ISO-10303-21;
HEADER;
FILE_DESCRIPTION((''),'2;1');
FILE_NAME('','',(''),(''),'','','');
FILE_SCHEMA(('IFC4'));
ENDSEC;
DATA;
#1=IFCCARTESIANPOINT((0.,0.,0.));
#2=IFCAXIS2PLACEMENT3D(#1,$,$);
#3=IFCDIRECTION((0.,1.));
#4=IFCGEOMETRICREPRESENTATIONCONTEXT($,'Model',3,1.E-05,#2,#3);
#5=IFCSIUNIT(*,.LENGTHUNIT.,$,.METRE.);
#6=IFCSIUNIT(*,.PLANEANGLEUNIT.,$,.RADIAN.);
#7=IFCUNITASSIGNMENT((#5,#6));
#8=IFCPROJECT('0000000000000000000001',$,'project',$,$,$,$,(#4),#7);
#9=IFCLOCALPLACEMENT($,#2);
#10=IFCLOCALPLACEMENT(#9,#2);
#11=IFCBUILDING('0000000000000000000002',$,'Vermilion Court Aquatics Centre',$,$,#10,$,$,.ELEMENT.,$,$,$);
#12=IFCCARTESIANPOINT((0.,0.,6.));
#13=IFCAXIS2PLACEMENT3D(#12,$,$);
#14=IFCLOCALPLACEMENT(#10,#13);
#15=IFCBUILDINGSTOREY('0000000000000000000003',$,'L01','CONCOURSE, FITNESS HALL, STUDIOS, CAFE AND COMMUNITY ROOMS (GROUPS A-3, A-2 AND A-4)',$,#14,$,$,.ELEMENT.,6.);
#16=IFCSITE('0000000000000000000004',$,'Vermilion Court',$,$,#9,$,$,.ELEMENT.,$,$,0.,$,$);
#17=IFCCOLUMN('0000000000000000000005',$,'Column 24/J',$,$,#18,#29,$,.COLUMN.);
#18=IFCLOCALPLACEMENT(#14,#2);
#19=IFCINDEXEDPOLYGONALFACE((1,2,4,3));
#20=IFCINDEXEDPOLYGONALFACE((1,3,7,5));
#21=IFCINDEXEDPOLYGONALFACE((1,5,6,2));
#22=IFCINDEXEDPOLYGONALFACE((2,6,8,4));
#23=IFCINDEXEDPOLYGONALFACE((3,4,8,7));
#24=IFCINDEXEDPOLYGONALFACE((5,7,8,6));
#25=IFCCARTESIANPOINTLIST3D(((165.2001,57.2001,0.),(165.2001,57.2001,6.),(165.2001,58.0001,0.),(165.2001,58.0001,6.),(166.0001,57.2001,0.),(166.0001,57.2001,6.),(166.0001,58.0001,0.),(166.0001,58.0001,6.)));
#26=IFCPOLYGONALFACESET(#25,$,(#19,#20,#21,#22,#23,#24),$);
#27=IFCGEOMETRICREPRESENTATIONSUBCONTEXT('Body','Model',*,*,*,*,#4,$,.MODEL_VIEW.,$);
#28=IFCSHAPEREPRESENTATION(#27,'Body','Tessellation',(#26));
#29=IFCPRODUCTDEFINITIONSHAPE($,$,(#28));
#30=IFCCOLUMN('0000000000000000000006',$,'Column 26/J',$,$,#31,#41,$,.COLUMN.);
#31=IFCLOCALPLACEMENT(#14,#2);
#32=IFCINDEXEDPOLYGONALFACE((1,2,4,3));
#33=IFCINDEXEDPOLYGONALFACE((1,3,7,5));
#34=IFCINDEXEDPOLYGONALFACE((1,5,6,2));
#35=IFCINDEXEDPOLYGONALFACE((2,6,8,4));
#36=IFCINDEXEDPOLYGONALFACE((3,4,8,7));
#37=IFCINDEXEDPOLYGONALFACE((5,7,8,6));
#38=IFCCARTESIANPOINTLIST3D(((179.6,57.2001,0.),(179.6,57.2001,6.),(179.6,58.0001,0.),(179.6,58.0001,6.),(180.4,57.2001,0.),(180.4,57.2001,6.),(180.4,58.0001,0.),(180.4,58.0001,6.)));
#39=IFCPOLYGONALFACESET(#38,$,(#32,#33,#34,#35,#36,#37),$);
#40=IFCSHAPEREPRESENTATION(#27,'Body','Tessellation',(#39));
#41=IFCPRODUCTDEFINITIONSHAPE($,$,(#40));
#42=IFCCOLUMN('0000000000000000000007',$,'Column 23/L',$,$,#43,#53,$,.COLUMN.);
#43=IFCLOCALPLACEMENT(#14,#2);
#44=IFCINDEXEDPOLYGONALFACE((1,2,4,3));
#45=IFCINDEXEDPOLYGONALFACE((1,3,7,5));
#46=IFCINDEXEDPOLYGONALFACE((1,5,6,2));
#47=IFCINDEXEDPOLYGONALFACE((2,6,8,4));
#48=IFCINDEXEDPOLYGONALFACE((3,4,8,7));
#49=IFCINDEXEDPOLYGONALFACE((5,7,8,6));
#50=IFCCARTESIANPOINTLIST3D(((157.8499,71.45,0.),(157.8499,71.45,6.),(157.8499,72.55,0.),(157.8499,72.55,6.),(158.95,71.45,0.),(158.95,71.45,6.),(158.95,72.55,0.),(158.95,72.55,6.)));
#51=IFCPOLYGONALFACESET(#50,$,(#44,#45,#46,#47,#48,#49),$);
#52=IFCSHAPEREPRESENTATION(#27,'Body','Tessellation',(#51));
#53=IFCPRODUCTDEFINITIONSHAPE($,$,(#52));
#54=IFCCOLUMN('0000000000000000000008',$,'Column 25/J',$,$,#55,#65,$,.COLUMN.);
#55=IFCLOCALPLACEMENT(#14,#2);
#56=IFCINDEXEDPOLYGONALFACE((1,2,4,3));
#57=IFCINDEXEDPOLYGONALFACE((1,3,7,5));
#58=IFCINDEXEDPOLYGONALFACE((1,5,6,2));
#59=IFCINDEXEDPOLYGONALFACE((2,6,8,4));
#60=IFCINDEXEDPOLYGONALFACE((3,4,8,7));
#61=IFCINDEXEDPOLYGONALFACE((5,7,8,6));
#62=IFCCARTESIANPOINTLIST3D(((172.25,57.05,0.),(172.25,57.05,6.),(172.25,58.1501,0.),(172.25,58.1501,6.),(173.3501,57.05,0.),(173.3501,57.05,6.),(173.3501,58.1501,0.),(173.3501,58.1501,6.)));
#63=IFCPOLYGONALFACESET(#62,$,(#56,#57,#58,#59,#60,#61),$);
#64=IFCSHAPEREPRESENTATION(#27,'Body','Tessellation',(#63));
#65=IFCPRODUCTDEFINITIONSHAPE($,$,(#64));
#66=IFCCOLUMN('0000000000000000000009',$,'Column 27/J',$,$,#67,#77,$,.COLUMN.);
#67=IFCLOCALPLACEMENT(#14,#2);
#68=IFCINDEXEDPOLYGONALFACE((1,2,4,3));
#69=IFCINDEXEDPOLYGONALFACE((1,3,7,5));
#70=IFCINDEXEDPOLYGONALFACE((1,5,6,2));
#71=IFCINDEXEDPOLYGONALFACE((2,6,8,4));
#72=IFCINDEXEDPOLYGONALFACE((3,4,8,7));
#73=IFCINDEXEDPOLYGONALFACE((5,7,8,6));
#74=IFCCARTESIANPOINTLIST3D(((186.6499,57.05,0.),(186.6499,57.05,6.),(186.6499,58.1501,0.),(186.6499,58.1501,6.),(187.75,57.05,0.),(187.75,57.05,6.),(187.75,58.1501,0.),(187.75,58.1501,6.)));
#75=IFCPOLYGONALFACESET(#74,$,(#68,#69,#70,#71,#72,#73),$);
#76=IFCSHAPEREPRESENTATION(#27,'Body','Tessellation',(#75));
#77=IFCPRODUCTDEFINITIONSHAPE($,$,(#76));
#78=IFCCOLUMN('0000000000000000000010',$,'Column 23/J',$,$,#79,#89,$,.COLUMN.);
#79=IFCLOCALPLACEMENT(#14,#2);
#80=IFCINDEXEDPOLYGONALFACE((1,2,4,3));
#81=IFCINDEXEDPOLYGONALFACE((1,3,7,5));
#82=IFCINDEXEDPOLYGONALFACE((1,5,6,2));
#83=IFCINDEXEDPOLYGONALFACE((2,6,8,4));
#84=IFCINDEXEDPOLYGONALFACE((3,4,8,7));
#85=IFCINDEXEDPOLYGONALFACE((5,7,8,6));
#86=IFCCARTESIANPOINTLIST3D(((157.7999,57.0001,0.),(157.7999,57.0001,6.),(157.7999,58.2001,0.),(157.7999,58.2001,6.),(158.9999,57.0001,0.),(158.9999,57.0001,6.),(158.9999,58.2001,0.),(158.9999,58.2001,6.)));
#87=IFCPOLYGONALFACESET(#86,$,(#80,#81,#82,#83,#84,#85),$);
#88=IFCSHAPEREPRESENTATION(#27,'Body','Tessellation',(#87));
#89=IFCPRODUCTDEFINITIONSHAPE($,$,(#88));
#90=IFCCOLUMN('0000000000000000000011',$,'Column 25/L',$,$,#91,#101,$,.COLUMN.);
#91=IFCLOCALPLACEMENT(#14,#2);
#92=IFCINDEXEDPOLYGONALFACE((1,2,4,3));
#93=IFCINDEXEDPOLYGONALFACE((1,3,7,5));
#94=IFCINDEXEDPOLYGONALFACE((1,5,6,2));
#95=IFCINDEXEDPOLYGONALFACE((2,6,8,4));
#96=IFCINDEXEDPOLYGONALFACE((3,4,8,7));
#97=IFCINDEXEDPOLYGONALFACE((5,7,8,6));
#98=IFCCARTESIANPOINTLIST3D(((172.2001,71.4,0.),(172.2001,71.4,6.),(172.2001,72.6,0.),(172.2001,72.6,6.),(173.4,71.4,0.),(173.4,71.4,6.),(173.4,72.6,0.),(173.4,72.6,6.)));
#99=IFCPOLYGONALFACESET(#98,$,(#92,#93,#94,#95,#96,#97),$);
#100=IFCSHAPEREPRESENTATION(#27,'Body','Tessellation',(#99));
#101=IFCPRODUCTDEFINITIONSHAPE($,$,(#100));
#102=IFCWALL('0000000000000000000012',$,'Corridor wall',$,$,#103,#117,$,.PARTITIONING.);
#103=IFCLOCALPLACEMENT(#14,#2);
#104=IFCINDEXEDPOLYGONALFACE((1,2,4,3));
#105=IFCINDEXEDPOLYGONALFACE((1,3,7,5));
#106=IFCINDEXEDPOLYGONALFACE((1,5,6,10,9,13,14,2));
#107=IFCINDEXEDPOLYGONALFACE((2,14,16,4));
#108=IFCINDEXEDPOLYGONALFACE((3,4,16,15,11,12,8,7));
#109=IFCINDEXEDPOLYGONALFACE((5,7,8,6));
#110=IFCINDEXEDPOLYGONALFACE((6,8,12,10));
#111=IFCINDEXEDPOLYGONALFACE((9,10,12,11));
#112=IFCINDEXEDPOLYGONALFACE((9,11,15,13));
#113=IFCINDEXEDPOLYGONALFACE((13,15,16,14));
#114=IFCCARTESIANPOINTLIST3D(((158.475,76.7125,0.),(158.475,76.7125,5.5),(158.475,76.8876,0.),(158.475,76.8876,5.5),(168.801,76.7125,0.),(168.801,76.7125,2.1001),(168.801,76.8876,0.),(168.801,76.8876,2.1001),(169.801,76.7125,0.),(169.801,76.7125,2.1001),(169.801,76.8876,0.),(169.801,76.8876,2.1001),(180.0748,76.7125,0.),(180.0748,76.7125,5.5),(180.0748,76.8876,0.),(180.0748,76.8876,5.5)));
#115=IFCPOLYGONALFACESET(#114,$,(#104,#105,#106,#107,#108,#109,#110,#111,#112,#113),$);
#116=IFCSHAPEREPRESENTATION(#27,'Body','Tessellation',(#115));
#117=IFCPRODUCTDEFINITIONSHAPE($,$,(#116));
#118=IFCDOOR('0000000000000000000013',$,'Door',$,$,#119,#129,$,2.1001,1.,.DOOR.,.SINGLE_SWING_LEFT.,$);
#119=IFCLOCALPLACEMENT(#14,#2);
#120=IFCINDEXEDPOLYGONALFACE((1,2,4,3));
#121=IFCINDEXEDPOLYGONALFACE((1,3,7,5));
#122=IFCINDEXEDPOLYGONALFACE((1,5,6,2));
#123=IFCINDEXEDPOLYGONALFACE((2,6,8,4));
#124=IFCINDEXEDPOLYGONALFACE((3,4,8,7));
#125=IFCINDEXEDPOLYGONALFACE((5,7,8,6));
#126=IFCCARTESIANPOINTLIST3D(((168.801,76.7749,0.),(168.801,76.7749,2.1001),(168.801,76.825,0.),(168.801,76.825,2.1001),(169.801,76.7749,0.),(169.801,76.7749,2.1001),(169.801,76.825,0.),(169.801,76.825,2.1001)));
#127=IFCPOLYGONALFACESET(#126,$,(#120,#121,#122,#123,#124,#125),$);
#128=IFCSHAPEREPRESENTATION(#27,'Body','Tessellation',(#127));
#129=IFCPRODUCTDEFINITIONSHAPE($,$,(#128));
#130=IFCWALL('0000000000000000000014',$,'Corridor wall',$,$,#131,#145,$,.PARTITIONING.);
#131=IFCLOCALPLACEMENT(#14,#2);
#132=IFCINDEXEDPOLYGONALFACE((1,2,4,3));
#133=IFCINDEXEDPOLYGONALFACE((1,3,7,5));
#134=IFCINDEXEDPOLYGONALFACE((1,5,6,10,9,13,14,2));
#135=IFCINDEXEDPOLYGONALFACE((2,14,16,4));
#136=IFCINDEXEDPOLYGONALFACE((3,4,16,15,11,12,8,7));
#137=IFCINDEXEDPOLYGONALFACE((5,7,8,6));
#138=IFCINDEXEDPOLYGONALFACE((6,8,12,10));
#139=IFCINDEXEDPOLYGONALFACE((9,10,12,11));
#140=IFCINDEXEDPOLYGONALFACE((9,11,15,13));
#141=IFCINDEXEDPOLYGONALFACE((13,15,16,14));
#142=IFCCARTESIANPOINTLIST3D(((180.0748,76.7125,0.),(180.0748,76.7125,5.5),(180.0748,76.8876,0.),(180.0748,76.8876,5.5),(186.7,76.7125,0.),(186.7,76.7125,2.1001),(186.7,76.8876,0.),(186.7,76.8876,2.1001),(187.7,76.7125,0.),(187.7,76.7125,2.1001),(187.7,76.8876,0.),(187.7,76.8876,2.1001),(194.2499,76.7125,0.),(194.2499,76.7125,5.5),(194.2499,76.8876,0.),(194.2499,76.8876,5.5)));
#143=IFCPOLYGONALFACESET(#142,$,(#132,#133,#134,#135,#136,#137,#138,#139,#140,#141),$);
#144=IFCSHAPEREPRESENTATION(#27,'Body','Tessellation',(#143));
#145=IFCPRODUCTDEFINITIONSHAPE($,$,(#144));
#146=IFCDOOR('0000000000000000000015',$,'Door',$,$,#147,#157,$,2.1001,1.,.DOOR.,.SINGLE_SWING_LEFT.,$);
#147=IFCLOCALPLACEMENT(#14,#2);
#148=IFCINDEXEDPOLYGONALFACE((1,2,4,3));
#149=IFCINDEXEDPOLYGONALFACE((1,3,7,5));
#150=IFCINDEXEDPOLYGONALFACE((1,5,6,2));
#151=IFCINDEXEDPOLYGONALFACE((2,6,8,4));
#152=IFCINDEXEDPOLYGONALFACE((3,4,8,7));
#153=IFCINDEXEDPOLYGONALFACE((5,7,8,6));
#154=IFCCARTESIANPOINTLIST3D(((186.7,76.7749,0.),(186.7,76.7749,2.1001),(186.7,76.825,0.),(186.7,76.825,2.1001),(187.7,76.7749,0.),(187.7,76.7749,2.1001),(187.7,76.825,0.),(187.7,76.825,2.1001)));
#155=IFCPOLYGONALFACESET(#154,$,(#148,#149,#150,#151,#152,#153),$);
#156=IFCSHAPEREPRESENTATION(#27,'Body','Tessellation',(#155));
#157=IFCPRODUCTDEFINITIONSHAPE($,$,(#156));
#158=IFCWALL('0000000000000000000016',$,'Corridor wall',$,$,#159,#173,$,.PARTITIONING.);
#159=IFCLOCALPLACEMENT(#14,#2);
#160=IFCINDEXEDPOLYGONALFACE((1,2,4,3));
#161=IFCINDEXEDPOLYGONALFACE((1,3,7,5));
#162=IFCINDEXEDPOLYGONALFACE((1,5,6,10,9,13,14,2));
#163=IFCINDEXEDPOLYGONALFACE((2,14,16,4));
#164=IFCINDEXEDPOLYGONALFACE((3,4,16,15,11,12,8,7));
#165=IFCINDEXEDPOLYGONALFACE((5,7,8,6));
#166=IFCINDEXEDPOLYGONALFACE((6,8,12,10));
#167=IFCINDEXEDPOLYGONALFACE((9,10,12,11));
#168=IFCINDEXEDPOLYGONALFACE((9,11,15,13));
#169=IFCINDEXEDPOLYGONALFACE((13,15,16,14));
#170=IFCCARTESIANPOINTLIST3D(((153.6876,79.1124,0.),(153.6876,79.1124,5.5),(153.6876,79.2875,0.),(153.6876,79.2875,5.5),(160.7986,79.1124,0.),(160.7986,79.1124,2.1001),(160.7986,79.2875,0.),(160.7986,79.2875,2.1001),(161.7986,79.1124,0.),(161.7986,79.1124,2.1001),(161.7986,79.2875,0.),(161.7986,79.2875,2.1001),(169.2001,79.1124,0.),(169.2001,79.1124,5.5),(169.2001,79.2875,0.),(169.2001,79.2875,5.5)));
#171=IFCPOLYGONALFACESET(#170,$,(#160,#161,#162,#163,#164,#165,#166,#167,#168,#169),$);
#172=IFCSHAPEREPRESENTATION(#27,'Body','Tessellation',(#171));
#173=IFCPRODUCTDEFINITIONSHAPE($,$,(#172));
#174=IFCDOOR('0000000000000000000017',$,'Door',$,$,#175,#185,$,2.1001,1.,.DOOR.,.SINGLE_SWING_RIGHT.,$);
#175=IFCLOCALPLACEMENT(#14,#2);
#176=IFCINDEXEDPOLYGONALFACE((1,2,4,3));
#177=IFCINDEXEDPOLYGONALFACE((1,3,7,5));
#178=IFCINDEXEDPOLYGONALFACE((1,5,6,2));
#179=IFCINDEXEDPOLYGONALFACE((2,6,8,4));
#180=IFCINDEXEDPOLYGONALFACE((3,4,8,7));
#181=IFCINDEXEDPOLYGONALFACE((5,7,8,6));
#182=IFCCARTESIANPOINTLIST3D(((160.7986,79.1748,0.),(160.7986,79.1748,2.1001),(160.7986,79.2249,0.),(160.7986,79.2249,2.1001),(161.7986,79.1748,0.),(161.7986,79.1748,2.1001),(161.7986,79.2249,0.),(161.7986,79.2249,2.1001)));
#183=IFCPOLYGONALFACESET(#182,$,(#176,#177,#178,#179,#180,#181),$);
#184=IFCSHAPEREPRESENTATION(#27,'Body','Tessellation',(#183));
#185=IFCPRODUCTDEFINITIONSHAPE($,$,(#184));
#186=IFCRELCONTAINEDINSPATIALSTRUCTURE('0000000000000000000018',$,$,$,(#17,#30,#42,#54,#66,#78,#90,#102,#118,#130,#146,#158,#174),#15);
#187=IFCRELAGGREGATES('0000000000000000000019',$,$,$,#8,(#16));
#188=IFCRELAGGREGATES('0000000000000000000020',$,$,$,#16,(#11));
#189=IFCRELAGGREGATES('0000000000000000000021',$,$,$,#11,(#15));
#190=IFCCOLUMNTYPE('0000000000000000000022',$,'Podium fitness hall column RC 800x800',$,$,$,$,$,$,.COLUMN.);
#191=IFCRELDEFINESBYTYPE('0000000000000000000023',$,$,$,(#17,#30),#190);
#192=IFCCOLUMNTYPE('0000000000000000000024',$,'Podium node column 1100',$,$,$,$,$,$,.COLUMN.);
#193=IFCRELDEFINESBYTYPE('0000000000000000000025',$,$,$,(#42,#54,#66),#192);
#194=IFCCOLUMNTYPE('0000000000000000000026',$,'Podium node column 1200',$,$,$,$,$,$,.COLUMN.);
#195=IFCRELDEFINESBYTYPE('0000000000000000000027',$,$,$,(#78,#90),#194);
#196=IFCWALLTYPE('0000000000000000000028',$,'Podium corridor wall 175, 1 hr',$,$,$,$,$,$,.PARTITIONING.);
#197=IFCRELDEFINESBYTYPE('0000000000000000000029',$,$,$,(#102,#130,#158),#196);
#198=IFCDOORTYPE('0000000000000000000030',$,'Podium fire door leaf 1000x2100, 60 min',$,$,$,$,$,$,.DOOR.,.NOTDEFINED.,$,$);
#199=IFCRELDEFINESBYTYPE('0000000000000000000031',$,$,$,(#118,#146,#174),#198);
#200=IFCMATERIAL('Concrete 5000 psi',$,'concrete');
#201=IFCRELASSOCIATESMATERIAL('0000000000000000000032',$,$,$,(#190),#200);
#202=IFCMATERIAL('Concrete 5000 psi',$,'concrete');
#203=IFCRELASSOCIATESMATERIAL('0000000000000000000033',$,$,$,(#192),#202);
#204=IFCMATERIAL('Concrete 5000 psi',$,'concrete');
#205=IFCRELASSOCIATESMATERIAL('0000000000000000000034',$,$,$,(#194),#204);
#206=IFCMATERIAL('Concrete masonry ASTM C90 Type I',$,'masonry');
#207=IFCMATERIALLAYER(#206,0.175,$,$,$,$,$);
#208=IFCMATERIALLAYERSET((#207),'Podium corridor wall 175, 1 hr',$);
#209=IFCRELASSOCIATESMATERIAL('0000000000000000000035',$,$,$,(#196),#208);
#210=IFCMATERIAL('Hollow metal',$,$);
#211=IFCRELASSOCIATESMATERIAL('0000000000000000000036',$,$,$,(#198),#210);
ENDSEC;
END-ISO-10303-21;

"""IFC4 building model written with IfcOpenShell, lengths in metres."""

from ifc_helpers import new_model, si_unit, direction, frame, frame_2d, origin, origin_2d, place, context, subcontext, project, spatial, rectangle, extrude, material, layer, layer_set, material_profile, profile_set, type_object, element, fill, save


model = new_model("IFC4")

# Units and contexts
model_context = context("Model", 3, precision=1e-05, world=origin(), true_north=direction((0.0, 1.0)))
body_context = subcontext(model_context, "Body", "Model", "MODEL_VIEW")
ifc_project = project(units=[si_unit("LENGTHUNIT", "METRE"), si_unit("PLANEANGLEUNIT", "RADIAN")], contexts=[model_context])

# Site, building, storey
site_placement = place(None, origin())
site = spatial("IfcSite", under=ifc_project, at=site_placement, Name="Vermilion Court", CompositionType="ELEMENT", RefElevation=0.0)
building_placement = place(site_placement, origin())
building = spatial("IfcBuilding", under=site, at=building_placement, Name="Vermilion Court Aquatics Centre", CompositionType="ELEMENT")
storey_placement = place(building_placement, frame((0.0, 0.0, 6.0)))
storey = spatial("IfcBuildingStorey", under=building, at=storey_placement, Name="L01", Description="CONCOURSE, FITNESS HALL, STUDIOS, CAFE AND COMMUNITY ROOMS (GROUPS A-3, A-2 AND A-4)", CompositionType="ELEMENT", Elevation=6.0)

# Columns
ifc_material_1 = material(Name="Concrete 5000 psi", Category="concrete")
ifc_material_profile_1 = material_profile(ifc_material_1, rectangle(XDim=0.8, YDim=0.8, at=origin_2d()), Name="RC 800x800")
ifc_profile_set_1 = profile_set([ifc_material_profile_1], Name="Concrete 5000 psi")
column_type_1 = type_object("IfcColumnType", Name="Podium fitness hall column RC 800x800", PredefinedType="COLUMN", material=ifc_profile_set_1)
for number, where, z_axis, x_axis, name in (
    (1, (165.6001, 57.6001, 0.0), (0.0, 0.0, 1.0), (1.0, 0.0, 0.0), "Column 24/J"),
    (2, (180.0, 57.6001, 0.0), (0.0, 0.0, 1.0), (1.0, 0.0, 0.0), "Column 26/J"),
):
    element("IfcColumn", number, at=place(storey_placement, frame(where, z_axis=z_axis, x_axis=x_axis)), inside=storey, type_object=column_type_1, Name=name, PredefinedType="COLUMN", context=body_context, shape_type="SweptSolid", body=[
        extrude(rectangle(XDim=0.8, YDim=0.8, at=origin_2d()), origin(), (0.0, 0.0, 1.0), 6.0),
    ])
ifc_material_2 = material(Name="Concrete 5000 psi", Category="concrete")
ifc_material_profile_2 = material_profile(ifc_material_2, rectangle(XDim=1.1001, YDim=1.1001, at=origin_2d()), Name="RC 1100x1100")
ifc_profile_set_2 = profile_set([ifc_material_profile_2], Name="Concrete 5000 psi")
column_type_2 = type_object("IfcColumnType", Name="Podium node column 1100", PredefinedType="COLUMN", material=ifc_profile_set_2)
for number, where, z_axis, x_axis, name in (
    (3, (158.3999, 72.0, 0.0), (0.0, 0.0, 1.0), (1.0, 0.0, 0.0), "Column 23/L"),
    (4, (172.8, 57.6001, 0.0), (0.0, 0.0, 1.0), (1.0, 0.0, 0.0), "Column 25/J"),
    (5, (187.2, 57.6001, 0.0), (0.0, 0.0, 1.0), (1.0, 0.0, 0.0), "Column 27/J"),
):
    element("IfcColumn", number, at=place(storey_placement, frame(where, z_axis=z_axis, x_axis=x_axis)), inside=storey, type_object=column_type_2, Name=name, PredefinedType="COLUMN", context=body_context, shape_type="SweptSolid", body=[
        extrude(rectangle(XDim=1.1001, YDim=1.1001, at=origin_2d()), origin(), (0.0, 0.0, 1.0), 6.0),
    ])
ifc_material_3 = material(Name="Concrete 5000 psi", Category="concrete")
ifc_material_profile_3 = material_profile(ifc_material_3, rectangle(XDim=1.2, YDim=1.2, at=origin_2d()), Name="RC 1200x1200")
ifc_profile_set_3 = profile_set([ifc_material_profile_3], Name="Concrete 5000 psi")
column_type_3 = type_object("IfcColumnType", Name="Podium node column 1200", PredefinedType="COLUMN", material=ifc_profile_set_3)
for number, where, z_axis, x_axis, name in (
    (6, (158.3999, 57.6001, 0.0), (0.0, 0.0, 1.0), (1.0, 0.0, 0.0), "Column 23/J"),
    (7, (172.8, 72.0, 0.0), (0.0, 0.0, 1.0), (1.0, 0.0, 0.0), "Column 25/L"),
):
    element("IfcColumn", number, at=place(storey_placement, frame(where, z_axis=z_axis, x_axis=x_axis)), inside=storey, type_object=column_type_3, Name=name, PredefinedType="COLUMN", context=body_context, shape_type="SweptSolid", body=[
        extrude(rectangle(XDim=1.2, YDim=1.2, at=origin_2d()), origin(), (0.0, 0.0, 1.0), 6.0),
    ])

# Walls, openings, doors
ifc_material_4 = material(Name="Concrete masonry ASTM C90 Type I", Category="masonry")
ifc_layer_1 = layer(ifc_material_4, 0.175)
ifc_layer_set_1 = layer_set([ifc_layer_1], Name="Podium corridor wall 175, 1 hr")
wall_type_1 = type_object("IfcWallType", Name="Podium corridor wall 175, 1 hr", PredefinedType="PARTITIONING", material=ifc_layer_set_1)
wall_1_placement = place(storey_placement, frame((158.4751, 76.8, 0.0), z_axis=(0.0, 0.0, 1.0), x_axis=(1.0, 0.0, 0.0)))
wall_1 = element("IfcWall", 8, at=wall_1_placement, inside=storey, type_object=wall_type_1, Name="Corridor wall", PredefinedType="PARTITIONING", context=body_context, shape_type="SweptSolid", body=[
    extrude(rectangle(XDim=21.5999, YDim=0.175, at=frame_2d((10.7998, 0.0))), origin(), (0.0, 0.0, 1.0), 5.5),
])
opening_1_placement = place(wall_1_placement, frame((10.3259, 0.0, 0.0)))
opening_1 = element("IfcOpeningElement", 9, at=opening_1_placement, cuts=wall_1, PredefinedType="OPENING", context=body_context, shape_type="SweptSolid", body=[
    extrude(rectangle(XDim=1.0, YDim=2.1001, at=frame_2d((0.5, 1.05))), frame((0.0, 0.0974, 0.0), z_axis=(0.0, -1.0, 0.0), x_axis=(1.0, 0.0, 0.0)), (0.0, 0.0, 1.0), 0.1951),
])
ifc_material_5 = material(Name="Hollow metal")
door_type_1 = type_object("IfcDoorType", Name="Podium fire door leaf 1000x2100, 60 min", OperationType="NOTDEFINED", PredefinedType="DOOR", material=ifc_material_5)
door_1_placement = place(opening_1_placement, frame((1.0, 0.0, 0.0), z_axis=(0.0, 0.0, 1.0), x_axis=(-1.0, 0.0, 0.0)))
door_1 = element("IfcDoor", 10, at=door_1_placement, inside=storey, type_object=door_type_1, Name="Door", OperationType="SINGLE_SWING_LEFT", OverallHeight=2.1001, OverallWidth=1.0, PredefinedType="DOOR", context=body_context, shape_type="SweptSolid", body=[
    extrude(rectangle(XDim=1.0, YDim=2.1001, at=frame_2d((0.5, 1.05))), frame((0.0, 0.0251, 0.0), z_axis=(0.0, -1.0, 0.0), x_axis=(1.0, 0.0, 0.0)), (0.0, 0.0, 1.0), 0.05),
])
fill(opening_1, door_1)
wall_2_placement = place(storey_placement, frame((180.075, 76.8, 0.0), z_axis=(0.0, 0.0, 1.0), x_axis=(1.0, 0.0, 0.0)))
wall_2 = element("IfcWall", 11, at=wall_2_placement, inside=storey, type_object=wall_type_1, Name="Corridor wall", PredefinedType="PARTITIONING", context=body_context, shape_type="SweptSolid", body=[
    extrude(rectangle(XDim=14.175, YDim=0.175, at=frame_2d((7.0874, 0.0))), origin(), (0.0, 0.0, 1.0), 5.5),
])
opening_2_placement = place(wall_2_placement, frame((6.625, 0.0, 0.0)))
opening_2 = element("IfcOpeningElement", 12, at=opening_2_placement, cuts=wall_2, PredefinedType="OPENING", context=body_context, shape_type="SweptSolid", body=[
    extrude(rectangle(XDim=1.0, YDim=2.1001, at=frame_2d((0.5, 1.05))), frame((0.0, 0.0974, 0.0), z_axis=(0.0, -1.0, 0.0), x_axis=(1.0, 0.0, 0.0)), (0.0, 0.0, 1.0), 0.1951),
])
door_2_placement = place(opening_2_placement, origin())
door_2 = element("IfcDoor", 13, at=door_2_placement, inside=storey, type_object=door_type_1, Name="Door", OperationType="SINGLE_SWING_LEFT", OverallHeight=2.1001, OverallWidth=1.0, PredefinedType="DOOR", context=body_context, shape_type="SweptSolid", body=[
    extrude(rectangle(XDim=1.0, YDim=2.1001, at=frame_2d((0.5, 1.05))), frame((0.0, 0.0249, 0.0), z_axis=(0.0, -1.0, 0.0), x_axis=(1.0, 0.0, 0.0)), (0.0, 0.0, 1.0), 0.05),
])
fill(opening_2, door_2)
wall_3_placement = place(storey_placement, frame((153.6875, 79.2, 0.0), z_axis=(0.0, 0.0, 1.0), x_axis=(1.0, 0.0, 0.0)))
wall_3 = element("IfcWall", 14, at=wall_3_placement, inside=storey, type_object=wall_type_1, Name="Corridor wall", PredefinedType="PARTITIONING", context=body_context, shape_type="SweptSolid", body=[
    extrude(rectangle(XDim=15.5125, YDim=0.175, at=frame_2d((7.7563, 0.0))), origin(), (0.0, 0.0, 1.0), 5.5),
])
opening_3_placement = place(wall_3_placement, frame((7.1111, 0.0, 0.0)))
opening_3 = element("IfcOpeningElement", 15, at=opening_3_placement, cuts=wall_3, PredefinedType="OPENING", context=body_context, shape_type="SweptSolid", body=[
    extrude(rectangle(XDim=1.0, YDim=2.1001, at=frame_2d((0.5, 1.05))), frame((0.0, 0.0974, 0.0), z_axis=(0.0, -1.0, 0.0), x_axis=(1.0, 0.0, 0.0)), (0.0, 0.0, 1.0), 0.1951),
])
door_3_placement = place(opening_3_placement, frame((1.0, 0.0, 0.0), z_axis=(0.0, 0.0, 1.0), x_axis=(-1.0, 0.0, 0.0)))
door_3 = element("IfcDoor", 16, at=door_3_placement, inside=storey, type_object=door_type_1, Name="Door", OperationType="SINGLE_SWING_RIGHT", OverallHeight=2.1001, OverallWidth=1.0, PredefinedType="DOOR", context=body_context, shape_type="SweptSolid", body=[
    extrude(rectangle(XDim=1.0, YDim=2.1001, at=frame_2d((0.5, 1.05))), frame((0.0, 0.0251, 0.0), z_axis=(0.0, -1.0, 0.0), x_axis=(1.0, 0.0, 0.0)), (0.0, 0.0, 1.0), 0.05),
])
fill(opening_3, door_3)

save(model, "model.ifc")
